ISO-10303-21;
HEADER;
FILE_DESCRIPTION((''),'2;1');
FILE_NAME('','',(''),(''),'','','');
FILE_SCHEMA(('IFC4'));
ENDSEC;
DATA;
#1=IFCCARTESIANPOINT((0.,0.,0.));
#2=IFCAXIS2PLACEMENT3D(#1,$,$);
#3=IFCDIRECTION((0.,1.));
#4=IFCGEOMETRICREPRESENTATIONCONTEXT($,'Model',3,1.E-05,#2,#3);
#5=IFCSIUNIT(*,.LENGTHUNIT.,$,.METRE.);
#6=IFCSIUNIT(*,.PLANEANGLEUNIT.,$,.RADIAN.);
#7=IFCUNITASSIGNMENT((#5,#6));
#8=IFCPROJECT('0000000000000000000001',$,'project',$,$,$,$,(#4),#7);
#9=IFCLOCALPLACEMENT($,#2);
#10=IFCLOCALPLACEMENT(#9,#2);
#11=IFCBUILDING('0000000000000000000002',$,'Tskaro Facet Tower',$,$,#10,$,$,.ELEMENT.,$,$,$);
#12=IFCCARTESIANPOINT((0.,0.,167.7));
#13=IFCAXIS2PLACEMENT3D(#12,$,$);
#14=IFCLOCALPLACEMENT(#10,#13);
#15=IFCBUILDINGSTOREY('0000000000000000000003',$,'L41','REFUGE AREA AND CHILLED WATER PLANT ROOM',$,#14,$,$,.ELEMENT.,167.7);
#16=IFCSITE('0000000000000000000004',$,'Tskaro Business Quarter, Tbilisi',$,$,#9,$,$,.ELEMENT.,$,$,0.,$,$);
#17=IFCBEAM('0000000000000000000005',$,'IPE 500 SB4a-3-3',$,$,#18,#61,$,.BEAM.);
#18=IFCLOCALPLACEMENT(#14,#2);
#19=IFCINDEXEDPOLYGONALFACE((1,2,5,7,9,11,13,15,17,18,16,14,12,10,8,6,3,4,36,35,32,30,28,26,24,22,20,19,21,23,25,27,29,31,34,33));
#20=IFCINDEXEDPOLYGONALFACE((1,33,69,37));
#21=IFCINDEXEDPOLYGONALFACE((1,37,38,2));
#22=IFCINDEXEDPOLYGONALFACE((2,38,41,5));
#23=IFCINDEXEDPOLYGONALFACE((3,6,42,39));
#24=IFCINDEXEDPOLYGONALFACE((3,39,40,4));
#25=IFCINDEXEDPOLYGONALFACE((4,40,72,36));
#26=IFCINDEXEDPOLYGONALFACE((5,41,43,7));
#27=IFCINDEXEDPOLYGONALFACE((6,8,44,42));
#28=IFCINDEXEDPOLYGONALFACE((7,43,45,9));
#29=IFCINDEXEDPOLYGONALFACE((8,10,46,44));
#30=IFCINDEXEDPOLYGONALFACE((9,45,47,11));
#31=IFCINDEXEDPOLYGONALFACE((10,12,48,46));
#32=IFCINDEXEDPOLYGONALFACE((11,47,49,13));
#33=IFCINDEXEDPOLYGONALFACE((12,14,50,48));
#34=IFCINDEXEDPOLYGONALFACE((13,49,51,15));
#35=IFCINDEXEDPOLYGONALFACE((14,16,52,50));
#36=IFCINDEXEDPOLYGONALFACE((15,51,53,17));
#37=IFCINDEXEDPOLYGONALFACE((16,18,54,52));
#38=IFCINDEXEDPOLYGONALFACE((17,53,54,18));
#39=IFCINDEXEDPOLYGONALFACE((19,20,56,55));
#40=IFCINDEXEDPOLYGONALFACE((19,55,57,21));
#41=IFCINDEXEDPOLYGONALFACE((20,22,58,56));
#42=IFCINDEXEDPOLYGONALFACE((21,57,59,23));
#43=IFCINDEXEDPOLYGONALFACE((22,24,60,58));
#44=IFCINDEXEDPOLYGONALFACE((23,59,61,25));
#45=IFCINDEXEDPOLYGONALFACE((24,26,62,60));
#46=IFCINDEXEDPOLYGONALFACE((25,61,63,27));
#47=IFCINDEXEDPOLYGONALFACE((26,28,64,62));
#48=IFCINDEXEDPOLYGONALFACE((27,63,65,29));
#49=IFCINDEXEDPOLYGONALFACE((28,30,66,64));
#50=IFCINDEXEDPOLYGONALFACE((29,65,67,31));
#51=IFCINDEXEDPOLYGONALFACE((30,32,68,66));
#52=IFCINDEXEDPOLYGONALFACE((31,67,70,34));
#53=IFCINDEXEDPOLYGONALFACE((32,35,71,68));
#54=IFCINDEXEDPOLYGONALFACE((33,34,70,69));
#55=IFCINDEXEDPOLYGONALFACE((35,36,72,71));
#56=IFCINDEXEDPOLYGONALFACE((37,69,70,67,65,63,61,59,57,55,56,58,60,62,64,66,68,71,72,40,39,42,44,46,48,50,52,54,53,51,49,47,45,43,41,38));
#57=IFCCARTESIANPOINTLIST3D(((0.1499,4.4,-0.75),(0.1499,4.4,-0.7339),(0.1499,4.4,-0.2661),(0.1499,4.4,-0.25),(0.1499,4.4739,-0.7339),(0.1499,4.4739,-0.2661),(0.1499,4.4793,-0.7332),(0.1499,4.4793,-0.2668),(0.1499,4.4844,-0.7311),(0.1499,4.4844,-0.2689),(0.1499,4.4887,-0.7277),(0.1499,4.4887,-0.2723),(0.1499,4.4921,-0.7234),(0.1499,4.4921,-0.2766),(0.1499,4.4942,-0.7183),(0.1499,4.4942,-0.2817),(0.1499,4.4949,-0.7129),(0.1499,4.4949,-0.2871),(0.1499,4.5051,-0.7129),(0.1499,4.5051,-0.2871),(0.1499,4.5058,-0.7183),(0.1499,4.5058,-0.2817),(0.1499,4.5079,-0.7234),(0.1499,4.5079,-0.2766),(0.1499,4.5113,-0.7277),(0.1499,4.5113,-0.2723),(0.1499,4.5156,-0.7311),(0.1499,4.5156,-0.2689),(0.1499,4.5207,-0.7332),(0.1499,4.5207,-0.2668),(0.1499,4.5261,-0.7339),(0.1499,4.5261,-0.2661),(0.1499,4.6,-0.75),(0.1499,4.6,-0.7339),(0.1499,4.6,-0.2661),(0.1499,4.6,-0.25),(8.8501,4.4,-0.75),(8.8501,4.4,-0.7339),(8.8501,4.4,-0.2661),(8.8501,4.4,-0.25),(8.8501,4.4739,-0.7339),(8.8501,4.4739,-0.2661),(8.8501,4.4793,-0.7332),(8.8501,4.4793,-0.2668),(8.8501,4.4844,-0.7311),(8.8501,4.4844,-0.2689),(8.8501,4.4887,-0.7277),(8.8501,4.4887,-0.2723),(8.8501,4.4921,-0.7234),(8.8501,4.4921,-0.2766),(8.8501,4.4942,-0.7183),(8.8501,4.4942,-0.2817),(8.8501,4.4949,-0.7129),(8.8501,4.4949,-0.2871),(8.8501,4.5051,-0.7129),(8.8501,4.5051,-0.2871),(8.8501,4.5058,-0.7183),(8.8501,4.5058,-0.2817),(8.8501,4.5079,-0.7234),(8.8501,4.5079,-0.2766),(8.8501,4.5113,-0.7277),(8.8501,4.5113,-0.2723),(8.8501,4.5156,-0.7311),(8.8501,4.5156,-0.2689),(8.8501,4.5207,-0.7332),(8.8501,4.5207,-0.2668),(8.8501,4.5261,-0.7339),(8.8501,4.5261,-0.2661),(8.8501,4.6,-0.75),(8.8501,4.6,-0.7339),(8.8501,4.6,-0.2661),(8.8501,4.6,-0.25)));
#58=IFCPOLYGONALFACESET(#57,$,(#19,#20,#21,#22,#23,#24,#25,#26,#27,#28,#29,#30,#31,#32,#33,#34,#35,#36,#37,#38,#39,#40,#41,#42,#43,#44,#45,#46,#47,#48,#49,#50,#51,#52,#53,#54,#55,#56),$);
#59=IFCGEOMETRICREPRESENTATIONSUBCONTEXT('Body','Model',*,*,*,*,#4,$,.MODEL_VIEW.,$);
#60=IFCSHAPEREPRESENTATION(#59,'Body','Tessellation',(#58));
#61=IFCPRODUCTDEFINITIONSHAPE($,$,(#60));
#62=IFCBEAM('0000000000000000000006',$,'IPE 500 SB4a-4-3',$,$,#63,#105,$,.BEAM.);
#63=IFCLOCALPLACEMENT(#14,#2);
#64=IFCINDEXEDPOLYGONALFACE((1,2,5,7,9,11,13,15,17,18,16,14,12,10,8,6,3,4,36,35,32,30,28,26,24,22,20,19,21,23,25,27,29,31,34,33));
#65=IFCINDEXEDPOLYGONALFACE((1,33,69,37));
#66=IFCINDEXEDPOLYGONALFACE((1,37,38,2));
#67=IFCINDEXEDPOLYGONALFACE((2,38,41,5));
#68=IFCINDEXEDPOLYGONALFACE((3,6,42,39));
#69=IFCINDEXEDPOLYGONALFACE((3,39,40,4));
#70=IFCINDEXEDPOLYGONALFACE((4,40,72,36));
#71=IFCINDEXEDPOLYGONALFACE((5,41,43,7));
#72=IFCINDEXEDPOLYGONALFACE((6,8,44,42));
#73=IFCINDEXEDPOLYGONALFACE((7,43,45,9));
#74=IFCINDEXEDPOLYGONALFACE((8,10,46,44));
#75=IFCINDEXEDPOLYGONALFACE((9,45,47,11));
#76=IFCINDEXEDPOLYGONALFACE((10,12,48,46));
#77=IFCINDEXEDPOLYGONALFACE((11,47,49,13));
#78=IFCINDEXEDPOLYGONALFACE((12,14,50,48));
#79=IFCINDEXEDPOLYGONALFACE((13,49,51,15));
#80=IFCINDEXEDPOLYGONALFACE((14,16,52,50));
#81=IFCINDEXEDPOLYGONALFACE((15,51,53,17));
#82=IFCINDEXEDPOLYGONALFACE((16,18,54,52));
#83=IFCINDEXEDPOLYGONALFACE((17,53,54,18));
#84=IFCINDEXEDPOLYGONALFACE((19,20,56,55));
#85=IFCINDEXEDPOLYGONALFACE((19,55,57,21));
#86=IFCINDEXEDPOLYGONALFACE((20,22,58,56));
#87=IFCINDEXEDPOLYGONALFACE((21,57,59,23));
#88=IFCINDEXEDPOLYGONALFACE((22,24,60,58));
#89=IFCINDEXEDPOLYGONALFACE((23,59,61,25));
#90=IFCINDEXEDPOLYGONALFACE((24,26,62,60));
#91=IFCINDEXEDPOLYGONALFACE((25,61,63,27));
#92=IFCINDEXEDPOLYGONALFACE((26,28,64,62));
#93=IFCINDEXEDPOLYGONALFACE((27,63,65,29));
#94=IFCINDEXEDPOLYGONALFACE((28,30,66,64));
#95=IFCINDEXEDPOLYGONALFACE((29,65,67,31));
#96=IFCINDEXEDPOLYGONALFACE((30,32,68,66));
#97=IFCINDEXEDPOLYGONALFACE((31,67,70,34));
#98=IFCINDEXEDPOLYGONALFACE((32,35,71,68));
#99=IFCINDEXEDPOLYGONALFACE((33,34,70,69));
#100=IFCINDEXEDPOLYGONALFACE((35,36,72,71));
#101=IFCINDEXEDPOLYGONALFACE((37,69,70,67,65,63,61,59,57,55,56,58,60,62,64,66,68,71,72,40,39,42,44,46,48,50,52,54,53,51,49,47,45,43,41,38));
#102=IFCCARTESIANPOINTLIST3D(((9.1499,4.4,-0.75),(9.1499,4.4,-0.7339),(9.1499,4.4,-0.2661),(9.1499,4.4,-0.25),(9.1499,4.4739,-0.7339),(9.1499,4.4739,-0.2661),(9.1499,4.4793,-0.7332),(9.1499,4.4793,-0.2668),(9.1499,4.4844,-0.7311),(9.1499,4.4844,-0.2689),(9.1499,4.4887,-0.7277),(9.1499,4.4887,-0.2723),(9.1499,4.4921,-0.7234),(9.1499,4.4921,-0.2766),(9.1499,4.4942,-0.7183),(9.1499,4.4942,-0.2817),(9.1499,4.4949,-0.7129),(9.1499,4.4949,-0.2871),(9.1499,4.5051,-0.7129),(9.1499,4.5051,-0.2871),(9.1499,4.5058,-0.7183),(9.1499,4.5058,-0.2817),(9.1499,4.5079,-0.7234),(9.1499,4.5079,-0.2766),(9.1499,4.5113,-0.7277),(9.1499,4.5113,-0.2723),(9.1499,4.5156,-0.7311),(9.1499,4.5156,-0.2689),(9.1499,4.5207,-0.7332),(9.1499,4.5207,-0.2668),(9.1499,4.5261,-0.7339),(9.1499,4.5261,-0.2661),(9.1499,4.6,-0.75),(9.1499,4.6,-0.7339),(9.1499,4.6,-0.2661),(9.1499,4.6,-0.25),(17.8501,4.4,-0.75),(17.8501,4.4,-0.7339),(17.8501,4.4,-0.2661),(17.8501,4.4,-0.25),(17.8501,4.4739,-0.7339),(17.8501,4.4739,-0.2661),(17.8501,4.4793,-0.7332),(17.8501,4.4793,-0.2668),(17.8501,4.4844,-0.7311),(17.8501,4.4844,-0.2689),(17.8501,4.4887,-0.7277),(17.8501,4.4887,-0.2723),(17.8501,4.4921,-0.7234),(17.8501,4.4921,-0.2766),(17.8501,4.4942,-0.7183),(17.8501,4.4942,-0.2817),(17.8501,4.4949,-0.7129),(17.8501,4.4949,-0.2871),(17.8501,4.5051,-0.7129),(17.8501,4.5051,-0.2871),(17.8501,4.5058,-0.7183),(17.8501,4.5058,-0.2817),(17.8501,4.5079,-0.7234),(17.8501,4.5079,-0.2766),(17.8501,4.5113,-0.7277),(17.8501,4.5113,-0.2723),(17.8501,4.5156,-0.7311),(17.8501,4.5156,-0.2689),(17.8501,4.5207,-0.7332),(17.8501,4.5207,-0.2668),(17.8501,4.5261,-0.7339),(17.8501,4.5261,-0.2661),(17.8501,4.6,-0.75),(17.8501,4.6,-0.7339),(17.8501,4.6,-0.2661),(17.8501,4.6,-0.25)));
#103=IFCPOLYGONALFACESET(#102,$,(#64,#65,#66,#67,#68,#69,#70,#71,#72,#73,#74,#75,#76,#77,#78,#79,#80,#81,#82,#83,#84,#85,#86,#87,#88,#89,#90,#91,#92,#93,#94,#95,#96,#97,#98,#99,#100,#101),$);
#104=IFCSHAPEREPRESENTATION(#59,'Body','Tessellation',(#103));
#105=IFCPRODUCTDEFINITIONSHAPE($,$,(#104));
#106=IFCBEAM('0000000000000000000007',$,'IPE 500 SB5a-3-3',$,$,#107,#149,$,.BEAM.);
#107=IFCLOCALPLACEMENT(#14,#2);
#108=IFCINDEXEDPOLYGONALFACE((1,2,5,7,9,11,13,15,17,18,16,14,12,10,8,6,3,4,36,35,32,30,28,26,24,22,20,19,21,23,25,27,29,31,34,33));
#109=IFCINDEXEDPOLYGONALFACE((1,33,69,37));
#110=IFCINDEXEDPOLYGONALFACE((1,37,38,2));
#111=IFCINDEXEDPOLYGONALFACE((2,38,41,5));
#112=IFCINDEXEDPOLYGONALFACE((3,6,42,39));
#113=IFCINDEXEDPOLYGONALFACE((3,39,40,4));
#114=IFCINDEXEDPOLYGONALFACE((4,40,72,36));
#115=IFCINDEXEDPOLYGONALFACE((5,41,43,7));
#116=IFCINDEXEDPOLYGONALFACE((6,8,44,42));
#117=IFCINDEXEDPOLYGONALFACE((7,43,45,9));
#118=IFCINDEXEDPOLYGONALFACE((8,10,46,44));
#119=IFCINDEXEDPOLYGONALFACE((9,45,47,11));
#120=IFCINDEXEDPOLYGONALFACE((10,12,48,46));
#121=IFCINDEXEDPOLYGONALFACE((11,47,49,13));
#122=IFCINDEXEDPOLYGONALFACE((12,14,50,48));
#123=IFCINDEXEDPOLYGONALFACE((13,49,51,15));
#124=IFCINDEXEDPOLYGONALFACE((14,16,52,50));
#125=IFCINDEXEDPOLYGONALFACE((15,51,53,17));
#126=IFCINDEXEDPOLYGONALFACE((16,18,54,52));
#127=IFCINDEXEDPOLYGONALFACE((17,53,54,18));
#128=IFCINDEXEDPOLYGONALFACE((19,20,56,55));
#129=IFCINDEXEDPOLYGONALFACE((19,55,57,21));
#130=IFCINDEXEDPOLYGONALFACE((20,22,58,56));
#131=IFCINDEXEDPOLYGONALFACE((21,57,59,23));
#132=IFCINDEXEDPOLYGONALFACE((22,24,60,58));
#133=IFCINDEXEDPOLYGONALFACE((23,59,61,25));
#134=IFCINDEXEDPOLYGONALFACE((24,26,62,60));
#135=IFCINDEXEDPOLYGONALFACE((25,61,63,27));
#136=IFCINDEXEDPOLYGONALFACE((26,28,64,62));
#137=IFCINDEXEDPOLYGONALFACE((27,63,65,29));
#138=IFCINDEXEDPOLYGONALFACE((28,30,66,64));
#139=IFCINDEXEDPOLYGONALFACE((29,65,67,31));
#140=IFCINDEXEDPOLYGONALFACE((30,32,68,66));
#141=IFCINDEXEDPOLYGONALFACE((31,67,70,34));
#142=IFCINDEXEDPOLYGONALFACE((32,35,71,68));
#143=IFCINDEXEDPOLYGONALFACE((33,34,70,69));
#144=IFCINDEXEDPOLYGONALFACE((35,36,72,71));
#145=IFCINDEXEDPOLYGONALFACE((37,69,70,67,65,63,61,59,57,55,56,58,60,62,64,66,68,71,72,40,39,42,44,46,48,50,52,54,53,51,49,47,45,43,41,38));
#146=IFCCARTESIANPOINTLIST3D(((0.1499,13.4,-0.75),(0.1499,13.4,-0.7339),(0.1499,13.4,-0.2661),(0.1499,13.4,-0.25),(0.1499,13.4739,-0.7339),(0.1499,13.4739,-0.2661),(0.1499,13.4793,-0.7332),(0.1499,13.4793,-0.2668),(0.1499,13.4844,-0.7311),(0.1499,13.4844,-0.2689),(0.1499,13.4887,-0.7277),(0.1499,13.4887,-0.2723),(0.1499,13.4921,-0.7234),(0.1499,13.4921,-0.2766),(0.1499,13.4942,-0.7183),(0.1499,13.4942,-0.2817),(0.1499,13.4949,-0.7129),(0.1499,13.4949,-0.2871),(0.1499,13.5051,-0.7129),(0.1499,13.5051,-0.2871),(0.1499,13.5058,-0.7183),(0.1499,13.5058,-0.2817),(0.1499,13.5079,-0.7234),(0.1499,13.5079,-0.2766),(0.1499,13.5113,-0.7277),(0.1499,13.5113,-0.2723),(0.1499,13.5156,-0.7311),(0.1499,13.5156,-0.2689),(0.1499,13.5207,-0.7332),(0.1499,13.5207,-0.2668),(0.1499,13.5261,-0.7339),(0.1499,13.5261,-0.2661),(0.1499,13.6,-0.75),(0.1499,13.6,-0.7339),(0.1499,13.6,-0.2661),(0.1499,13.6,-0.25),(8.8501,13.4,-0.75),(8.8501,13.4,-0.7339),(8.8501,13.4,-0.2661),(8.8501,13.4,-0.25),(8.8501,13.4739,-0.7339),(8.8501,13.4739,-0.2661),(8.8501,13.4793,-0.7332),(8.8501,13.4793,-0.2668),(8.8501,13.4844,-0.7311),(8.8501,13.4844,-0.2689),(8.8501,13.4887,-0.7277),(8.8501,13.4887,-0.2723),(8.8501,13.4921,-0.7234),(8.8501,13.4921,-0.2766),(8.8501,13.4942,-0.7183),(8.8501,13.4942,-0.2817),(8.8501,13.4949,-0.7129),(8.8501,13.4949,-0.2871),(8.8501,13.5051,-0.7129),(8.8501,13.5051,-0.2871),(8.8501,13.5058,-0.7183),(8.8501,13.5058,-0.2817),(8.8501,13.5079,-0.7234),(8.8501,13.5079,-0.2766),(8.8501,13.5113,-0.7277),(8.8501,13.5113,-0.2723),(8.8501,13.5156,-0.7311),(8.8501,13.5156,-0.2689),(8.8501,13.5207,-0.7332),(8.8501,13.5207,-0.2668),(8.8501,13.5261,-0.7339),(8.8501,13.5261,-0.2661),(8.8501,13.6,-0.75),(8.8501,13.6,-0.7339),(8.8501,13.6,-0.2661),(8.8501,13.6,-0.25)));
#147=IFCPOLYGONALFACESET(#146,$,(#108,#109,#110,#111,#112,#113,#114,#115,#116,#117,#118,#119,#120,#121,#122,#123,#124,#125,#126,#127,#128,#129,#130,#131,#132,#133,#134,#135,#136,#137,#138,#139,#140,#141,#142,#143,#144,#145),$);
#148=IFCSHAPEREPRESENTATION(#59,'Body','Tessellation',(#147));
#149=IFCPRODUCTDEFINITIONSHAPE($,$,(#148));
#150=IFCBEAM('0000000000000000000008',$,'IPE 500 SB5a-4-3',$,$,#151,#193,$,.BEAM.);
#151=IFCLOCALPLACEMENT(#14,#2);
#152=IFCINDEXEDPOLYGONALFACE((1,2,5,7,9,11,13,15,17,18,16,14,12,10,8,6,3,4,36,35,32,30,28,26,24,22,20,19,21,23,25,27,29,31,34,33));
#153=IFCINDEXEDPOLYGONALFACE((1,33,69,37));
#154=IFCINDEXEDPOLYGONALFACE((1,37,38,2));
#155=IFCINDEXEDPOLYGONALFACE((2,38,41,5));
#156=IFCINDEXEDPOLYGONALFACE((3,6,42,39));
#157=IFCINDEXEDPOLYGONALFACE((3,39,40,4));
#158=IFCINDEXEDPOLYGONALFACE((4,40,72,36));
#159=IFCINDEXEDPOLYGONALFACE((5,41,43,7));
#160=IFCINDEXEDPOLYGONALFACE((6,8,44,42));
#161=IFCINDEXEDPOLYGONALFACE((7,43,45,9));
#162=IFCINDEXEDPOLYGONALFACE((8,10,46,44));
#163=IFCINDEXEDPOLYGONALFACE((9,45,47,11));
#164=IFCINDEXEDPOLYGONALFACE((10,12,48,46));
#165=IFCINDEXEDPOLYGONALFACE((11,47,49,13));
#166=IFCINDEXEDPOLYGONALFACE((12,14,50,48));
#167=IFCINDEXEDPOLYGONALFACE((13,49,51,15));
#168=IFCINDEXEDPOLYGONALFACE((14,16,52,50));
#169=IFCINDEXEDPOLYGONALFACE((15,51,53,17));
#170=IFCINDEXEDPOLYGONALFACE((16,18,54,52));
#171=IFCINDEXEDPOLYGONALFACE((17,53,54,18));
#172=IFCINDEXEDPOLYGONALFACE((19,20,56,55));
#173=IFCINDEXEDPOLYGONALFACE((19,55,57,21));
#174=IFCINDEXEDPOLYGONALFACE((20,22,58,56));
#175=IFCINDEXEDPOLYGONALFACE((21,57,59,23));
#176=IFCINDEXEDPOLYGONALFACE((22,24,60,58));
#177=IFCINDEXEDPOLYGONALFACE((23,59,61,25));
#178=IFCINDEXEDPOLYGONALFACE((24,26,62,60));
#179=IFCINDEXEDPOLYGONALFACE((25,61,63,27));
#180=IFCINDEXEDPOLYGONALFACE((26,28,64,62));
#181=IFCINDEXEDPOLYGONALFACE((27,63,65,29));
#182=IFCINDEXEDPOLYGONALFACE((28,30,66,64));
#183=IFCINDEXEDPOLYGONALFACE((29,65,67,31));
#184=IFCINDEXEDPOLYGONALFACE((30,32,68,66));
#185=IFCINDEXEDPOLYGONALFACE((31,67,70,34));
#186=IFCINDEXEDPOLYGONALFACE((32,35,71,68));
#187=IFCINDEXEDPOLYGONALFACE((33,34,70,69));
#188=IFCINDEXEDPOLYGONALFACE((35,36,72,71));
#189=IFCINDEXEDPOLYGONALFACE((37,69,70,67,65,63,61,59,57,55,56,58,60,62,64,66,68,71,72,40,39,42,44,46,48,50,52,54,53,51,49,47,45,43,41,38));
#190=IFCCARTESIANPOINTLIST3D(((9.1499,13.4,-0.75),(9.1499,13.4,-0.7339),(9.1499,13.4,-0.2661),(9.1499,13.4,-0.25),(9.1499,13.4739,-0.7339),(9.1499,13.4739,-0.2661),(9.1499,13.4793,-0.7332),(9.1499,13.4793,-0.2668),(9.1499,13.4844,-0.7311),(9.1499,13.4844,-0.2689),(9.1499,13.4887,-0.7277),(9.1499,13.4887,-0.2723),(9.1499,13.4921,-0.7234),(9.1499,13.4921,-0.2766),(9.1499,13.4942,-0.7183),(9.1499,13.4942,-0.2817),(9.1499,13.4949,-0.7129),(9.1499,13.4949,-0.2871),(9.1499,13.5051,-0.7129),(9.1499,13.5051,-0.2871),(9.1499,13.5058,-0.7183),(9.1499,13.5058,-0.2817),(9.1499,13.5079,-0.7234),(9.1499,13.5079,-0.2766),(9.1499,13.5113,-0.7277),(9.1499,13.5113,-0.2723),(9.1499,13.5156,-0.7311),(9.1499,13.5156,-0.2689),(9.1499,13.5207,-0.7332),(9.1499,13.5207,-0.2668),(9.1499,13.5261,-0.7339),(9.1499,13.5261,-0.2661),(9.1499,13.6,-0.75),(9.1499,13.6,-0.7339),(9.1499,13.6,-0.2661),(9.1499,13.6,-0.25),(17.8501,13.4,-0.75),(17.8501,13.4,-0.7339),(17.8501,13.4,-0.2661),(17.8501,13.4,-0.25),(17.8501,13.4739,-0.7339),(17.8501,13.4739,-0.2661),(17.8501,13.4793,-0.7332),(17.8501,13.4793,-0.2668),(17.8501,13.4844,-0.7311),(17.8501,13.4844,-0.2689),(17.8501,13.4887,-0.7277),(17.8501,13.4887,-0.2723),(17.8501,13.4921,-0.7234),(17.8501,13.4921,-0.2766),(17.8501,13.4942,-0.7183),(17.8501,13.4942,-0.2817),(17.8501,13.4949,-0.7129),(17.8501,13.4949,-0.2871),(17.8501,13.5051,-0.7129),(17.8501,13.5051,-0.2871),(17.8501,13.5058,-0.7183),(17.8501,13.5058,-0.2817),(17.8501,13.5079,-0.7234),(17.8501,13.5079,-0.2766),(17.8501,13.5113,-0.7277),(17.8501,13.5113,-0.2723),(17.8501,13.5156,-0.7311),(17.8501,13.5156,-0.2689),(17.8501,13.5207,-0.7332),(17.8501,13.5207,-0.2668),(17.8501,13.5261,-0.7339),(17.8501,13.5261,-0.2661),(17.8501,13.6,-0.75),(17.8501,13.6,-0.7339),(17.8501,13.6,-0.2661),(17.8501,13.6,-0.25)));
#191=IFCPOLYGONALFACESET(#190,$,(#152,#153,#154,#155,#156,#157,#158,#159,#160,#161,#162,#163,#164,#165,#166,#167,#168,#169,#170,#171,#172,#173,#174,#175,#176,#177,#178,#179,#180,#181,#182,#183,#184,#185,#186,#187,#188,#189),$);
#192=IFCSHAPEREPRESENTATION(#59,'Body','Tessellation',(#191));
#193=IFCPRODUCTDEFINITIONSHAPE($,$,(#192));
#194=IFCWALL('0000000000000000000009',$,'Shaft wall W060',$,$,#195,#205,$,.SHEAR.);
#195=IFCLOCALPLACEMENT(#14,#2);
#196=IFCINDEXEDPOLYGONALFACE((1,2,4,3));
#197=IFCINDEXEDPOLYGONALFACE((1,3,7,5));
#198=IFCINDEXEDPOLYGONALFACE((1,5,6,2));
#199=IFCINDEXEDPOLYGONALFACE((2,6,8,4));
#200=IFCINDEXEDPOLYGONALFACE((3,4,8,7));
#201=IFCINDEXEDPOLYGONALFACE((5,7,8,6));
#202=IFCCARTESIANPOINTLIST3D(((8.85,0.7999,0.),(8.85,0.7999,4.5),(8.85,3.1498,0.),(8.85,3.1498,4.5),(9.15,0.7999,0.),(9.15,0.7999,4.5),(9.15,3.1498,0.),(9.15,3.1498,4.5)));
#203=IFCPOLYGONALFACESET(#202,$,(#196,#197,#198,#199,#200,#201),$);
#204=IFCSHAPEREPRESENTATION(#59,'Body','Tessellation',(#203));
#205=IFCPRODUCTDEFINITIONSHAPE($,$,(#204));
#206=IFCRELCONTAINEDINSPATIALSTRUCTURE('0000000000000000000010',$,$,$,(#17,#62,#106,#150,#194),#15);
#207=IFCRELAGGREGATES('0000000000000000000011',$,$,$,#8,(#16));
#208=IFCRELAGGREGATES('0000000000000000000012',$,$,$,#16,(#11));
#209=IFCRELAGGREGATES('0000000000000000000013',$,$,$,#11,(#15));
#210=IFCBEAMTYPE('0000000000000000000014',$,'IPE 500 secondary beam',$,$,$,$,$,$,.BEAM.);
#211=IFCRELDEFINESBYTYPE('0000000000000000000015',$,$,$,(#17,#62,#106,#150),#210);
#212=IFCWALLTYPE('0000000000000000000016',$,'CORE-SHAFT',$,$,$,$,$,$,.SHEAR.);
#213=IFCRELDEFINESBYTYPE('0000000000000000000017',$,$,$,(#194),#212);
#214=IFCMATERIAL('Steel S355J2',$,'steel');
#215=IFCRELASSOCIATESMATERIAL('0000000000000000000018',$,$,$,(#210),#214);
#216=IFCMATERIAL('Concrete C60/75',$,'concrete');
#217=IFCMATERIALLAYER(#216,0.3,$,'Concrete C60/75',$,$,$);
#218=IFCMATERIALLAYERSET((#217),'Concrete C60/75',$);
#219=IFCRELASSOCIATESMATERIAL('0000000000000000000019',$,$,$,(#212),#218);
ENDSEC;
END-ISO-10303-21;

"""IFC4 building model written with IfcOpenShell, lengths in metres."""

from ifc_helpers import new_model, si_unit, direction, frame, frame_2d, origin, origin_2d, place, context, subcontext, project, spatial, rectangle, i_section, extrude, material, layer, layer_set, material_profile, profile_set, type_object, element, save


model = new_model("IFC4")

# Units and contexts
model_context = context("Model", 3, precision=1e-05, world=origin(), true_north=direction((0.0, 1.0)))
body_context = subcontext(model_context, "Body", "Model", "MODEL_VIEW")
ifc_project = project(units=[si_unit("LENGTHUNIT", "METRE"), si_unit("PLANEANGLEUNIT", "RADIAN")], contexts=[model_context])

# Site, building, storey
site_placement = place(None, origin())
site = spatial("IfcSite", under=ifc_project, at=site_placement, Name="Tskaro Business Quarter, Tbilisi", CompositionType="ELEMENT", RefElevation=0.0)
building_placement = place(site_placement, origin())
building = spatial("IfcBuilding", under=site, at=building_placement, Name="Tskaro Facet Tower", CompositionType="ELEMENT")
storey_placement = place(building_placement, frame((0.0, 0.0, 167.7)))
storey = spatial("IfcBuildingStorey", under=building, at=storey_placement, Name="L41", Description="REFUGE AREA AND CHILLED WATER PLANT ROOM", CompositionType="ELEMENT", Elevation=167.7)

# Beams
ifc_material_1 = material(Name="Steel S355J2", Category="steel")
ifc_material_profile_1 = material_profile(ifc_material_1, i_section(OverallWidth=0.2, OverallDepth=0.5, WebThickness=0.0103, FlangeThickness=0.0161, FilletRadius=0.021, at=origin_2d()), Name="IPE 500")
ifc_profile_set_1 = profile_set([ifc_material_profile_1], Name="Steel S355J2")
beam_type_1 = type_object("IfcBeamType", Name="IPE 500 secondary beam", PredefinedType="BEAM", material=ifc_profile_set_1)
for number, where, z_axis, x_axis, name in (
    (1, (0.1499, 4.5, -0.5), (1.0, 0.0, 0.0), (0.0, 1.0, 0.0), "IPE 500 SB4a-3-3"),
    (2, (9.1499, 4.5, -0.5), (1.0, 0.0, 0.0), (0.0, 1.0, 0.0), "IPE 500 SB4a-4-3"),
    (3, (0.1499, 13.5, -0.5), (1.0, 0.0, 0.0), (0.0, 1.0, 0.0), "IPE 500 SB5a-3-3"),
    (4, (9.1499, 13.5, -0.5), (1.0, 0.0, 0.0), (0.0, 1.0, 0.0), "IPE 500 SB5a-4-3"),
):
    element("IfcBeam", number, at=place(storey_placement, frame(where, z_axis=z_axis, x_axis=x_axis)), inside=storey, type_object=beam_type_1, Name=name, PredefinedType="BEAM", context=body_context, shape_type="SweptSolid", body=[
        extrude(i_section(OverallWidth=0.2, OverallDepth=0.5, WebThickness=0.0103, FlangeThickness=0.0161, FilletRadius=0.021, at=origin_2d()), origin(), (0.0, 0.0, 1.0), 8.7002),
    ])

# Wall
ifc_material_2 = material(Name="Concrete C60/75", Category="concrete")
ifc_layer_1 = layer(ifc_material_2, 0.3, Name="Concrete C60/75")
ifc_layer_set_1 = layer_set([ifc_layer_1], Name="Concrete C60/75")
wall_type_1 = type_object("IfcWallType", Name="CORE-SHAFT", PredefinedType="SHEAR", material=ifc_layer_set_1)
wall_1_placement = place(storey_placement, frame((9.0, 0.8, 0.0), z_axis=(0.0, 0.0, 1.0), x_axis=(0.0, 1.0, 0.0)))
element("IfcWall", 5, at=wall_1_placement, inside=storey, type_object=wall_type_1, Name="Shaft wall W060", PredefinedType="SHEAR", context=body_context, shape_type="SweptSolid", body=[
    extrude(rectangle(XDim=2.3499, YDim=0.3, at=frame_2d((1.1748, 0.0))), origin(), (0.0, 0.0, 1.0), 4.5),
])

save(model, "model.ifc")
